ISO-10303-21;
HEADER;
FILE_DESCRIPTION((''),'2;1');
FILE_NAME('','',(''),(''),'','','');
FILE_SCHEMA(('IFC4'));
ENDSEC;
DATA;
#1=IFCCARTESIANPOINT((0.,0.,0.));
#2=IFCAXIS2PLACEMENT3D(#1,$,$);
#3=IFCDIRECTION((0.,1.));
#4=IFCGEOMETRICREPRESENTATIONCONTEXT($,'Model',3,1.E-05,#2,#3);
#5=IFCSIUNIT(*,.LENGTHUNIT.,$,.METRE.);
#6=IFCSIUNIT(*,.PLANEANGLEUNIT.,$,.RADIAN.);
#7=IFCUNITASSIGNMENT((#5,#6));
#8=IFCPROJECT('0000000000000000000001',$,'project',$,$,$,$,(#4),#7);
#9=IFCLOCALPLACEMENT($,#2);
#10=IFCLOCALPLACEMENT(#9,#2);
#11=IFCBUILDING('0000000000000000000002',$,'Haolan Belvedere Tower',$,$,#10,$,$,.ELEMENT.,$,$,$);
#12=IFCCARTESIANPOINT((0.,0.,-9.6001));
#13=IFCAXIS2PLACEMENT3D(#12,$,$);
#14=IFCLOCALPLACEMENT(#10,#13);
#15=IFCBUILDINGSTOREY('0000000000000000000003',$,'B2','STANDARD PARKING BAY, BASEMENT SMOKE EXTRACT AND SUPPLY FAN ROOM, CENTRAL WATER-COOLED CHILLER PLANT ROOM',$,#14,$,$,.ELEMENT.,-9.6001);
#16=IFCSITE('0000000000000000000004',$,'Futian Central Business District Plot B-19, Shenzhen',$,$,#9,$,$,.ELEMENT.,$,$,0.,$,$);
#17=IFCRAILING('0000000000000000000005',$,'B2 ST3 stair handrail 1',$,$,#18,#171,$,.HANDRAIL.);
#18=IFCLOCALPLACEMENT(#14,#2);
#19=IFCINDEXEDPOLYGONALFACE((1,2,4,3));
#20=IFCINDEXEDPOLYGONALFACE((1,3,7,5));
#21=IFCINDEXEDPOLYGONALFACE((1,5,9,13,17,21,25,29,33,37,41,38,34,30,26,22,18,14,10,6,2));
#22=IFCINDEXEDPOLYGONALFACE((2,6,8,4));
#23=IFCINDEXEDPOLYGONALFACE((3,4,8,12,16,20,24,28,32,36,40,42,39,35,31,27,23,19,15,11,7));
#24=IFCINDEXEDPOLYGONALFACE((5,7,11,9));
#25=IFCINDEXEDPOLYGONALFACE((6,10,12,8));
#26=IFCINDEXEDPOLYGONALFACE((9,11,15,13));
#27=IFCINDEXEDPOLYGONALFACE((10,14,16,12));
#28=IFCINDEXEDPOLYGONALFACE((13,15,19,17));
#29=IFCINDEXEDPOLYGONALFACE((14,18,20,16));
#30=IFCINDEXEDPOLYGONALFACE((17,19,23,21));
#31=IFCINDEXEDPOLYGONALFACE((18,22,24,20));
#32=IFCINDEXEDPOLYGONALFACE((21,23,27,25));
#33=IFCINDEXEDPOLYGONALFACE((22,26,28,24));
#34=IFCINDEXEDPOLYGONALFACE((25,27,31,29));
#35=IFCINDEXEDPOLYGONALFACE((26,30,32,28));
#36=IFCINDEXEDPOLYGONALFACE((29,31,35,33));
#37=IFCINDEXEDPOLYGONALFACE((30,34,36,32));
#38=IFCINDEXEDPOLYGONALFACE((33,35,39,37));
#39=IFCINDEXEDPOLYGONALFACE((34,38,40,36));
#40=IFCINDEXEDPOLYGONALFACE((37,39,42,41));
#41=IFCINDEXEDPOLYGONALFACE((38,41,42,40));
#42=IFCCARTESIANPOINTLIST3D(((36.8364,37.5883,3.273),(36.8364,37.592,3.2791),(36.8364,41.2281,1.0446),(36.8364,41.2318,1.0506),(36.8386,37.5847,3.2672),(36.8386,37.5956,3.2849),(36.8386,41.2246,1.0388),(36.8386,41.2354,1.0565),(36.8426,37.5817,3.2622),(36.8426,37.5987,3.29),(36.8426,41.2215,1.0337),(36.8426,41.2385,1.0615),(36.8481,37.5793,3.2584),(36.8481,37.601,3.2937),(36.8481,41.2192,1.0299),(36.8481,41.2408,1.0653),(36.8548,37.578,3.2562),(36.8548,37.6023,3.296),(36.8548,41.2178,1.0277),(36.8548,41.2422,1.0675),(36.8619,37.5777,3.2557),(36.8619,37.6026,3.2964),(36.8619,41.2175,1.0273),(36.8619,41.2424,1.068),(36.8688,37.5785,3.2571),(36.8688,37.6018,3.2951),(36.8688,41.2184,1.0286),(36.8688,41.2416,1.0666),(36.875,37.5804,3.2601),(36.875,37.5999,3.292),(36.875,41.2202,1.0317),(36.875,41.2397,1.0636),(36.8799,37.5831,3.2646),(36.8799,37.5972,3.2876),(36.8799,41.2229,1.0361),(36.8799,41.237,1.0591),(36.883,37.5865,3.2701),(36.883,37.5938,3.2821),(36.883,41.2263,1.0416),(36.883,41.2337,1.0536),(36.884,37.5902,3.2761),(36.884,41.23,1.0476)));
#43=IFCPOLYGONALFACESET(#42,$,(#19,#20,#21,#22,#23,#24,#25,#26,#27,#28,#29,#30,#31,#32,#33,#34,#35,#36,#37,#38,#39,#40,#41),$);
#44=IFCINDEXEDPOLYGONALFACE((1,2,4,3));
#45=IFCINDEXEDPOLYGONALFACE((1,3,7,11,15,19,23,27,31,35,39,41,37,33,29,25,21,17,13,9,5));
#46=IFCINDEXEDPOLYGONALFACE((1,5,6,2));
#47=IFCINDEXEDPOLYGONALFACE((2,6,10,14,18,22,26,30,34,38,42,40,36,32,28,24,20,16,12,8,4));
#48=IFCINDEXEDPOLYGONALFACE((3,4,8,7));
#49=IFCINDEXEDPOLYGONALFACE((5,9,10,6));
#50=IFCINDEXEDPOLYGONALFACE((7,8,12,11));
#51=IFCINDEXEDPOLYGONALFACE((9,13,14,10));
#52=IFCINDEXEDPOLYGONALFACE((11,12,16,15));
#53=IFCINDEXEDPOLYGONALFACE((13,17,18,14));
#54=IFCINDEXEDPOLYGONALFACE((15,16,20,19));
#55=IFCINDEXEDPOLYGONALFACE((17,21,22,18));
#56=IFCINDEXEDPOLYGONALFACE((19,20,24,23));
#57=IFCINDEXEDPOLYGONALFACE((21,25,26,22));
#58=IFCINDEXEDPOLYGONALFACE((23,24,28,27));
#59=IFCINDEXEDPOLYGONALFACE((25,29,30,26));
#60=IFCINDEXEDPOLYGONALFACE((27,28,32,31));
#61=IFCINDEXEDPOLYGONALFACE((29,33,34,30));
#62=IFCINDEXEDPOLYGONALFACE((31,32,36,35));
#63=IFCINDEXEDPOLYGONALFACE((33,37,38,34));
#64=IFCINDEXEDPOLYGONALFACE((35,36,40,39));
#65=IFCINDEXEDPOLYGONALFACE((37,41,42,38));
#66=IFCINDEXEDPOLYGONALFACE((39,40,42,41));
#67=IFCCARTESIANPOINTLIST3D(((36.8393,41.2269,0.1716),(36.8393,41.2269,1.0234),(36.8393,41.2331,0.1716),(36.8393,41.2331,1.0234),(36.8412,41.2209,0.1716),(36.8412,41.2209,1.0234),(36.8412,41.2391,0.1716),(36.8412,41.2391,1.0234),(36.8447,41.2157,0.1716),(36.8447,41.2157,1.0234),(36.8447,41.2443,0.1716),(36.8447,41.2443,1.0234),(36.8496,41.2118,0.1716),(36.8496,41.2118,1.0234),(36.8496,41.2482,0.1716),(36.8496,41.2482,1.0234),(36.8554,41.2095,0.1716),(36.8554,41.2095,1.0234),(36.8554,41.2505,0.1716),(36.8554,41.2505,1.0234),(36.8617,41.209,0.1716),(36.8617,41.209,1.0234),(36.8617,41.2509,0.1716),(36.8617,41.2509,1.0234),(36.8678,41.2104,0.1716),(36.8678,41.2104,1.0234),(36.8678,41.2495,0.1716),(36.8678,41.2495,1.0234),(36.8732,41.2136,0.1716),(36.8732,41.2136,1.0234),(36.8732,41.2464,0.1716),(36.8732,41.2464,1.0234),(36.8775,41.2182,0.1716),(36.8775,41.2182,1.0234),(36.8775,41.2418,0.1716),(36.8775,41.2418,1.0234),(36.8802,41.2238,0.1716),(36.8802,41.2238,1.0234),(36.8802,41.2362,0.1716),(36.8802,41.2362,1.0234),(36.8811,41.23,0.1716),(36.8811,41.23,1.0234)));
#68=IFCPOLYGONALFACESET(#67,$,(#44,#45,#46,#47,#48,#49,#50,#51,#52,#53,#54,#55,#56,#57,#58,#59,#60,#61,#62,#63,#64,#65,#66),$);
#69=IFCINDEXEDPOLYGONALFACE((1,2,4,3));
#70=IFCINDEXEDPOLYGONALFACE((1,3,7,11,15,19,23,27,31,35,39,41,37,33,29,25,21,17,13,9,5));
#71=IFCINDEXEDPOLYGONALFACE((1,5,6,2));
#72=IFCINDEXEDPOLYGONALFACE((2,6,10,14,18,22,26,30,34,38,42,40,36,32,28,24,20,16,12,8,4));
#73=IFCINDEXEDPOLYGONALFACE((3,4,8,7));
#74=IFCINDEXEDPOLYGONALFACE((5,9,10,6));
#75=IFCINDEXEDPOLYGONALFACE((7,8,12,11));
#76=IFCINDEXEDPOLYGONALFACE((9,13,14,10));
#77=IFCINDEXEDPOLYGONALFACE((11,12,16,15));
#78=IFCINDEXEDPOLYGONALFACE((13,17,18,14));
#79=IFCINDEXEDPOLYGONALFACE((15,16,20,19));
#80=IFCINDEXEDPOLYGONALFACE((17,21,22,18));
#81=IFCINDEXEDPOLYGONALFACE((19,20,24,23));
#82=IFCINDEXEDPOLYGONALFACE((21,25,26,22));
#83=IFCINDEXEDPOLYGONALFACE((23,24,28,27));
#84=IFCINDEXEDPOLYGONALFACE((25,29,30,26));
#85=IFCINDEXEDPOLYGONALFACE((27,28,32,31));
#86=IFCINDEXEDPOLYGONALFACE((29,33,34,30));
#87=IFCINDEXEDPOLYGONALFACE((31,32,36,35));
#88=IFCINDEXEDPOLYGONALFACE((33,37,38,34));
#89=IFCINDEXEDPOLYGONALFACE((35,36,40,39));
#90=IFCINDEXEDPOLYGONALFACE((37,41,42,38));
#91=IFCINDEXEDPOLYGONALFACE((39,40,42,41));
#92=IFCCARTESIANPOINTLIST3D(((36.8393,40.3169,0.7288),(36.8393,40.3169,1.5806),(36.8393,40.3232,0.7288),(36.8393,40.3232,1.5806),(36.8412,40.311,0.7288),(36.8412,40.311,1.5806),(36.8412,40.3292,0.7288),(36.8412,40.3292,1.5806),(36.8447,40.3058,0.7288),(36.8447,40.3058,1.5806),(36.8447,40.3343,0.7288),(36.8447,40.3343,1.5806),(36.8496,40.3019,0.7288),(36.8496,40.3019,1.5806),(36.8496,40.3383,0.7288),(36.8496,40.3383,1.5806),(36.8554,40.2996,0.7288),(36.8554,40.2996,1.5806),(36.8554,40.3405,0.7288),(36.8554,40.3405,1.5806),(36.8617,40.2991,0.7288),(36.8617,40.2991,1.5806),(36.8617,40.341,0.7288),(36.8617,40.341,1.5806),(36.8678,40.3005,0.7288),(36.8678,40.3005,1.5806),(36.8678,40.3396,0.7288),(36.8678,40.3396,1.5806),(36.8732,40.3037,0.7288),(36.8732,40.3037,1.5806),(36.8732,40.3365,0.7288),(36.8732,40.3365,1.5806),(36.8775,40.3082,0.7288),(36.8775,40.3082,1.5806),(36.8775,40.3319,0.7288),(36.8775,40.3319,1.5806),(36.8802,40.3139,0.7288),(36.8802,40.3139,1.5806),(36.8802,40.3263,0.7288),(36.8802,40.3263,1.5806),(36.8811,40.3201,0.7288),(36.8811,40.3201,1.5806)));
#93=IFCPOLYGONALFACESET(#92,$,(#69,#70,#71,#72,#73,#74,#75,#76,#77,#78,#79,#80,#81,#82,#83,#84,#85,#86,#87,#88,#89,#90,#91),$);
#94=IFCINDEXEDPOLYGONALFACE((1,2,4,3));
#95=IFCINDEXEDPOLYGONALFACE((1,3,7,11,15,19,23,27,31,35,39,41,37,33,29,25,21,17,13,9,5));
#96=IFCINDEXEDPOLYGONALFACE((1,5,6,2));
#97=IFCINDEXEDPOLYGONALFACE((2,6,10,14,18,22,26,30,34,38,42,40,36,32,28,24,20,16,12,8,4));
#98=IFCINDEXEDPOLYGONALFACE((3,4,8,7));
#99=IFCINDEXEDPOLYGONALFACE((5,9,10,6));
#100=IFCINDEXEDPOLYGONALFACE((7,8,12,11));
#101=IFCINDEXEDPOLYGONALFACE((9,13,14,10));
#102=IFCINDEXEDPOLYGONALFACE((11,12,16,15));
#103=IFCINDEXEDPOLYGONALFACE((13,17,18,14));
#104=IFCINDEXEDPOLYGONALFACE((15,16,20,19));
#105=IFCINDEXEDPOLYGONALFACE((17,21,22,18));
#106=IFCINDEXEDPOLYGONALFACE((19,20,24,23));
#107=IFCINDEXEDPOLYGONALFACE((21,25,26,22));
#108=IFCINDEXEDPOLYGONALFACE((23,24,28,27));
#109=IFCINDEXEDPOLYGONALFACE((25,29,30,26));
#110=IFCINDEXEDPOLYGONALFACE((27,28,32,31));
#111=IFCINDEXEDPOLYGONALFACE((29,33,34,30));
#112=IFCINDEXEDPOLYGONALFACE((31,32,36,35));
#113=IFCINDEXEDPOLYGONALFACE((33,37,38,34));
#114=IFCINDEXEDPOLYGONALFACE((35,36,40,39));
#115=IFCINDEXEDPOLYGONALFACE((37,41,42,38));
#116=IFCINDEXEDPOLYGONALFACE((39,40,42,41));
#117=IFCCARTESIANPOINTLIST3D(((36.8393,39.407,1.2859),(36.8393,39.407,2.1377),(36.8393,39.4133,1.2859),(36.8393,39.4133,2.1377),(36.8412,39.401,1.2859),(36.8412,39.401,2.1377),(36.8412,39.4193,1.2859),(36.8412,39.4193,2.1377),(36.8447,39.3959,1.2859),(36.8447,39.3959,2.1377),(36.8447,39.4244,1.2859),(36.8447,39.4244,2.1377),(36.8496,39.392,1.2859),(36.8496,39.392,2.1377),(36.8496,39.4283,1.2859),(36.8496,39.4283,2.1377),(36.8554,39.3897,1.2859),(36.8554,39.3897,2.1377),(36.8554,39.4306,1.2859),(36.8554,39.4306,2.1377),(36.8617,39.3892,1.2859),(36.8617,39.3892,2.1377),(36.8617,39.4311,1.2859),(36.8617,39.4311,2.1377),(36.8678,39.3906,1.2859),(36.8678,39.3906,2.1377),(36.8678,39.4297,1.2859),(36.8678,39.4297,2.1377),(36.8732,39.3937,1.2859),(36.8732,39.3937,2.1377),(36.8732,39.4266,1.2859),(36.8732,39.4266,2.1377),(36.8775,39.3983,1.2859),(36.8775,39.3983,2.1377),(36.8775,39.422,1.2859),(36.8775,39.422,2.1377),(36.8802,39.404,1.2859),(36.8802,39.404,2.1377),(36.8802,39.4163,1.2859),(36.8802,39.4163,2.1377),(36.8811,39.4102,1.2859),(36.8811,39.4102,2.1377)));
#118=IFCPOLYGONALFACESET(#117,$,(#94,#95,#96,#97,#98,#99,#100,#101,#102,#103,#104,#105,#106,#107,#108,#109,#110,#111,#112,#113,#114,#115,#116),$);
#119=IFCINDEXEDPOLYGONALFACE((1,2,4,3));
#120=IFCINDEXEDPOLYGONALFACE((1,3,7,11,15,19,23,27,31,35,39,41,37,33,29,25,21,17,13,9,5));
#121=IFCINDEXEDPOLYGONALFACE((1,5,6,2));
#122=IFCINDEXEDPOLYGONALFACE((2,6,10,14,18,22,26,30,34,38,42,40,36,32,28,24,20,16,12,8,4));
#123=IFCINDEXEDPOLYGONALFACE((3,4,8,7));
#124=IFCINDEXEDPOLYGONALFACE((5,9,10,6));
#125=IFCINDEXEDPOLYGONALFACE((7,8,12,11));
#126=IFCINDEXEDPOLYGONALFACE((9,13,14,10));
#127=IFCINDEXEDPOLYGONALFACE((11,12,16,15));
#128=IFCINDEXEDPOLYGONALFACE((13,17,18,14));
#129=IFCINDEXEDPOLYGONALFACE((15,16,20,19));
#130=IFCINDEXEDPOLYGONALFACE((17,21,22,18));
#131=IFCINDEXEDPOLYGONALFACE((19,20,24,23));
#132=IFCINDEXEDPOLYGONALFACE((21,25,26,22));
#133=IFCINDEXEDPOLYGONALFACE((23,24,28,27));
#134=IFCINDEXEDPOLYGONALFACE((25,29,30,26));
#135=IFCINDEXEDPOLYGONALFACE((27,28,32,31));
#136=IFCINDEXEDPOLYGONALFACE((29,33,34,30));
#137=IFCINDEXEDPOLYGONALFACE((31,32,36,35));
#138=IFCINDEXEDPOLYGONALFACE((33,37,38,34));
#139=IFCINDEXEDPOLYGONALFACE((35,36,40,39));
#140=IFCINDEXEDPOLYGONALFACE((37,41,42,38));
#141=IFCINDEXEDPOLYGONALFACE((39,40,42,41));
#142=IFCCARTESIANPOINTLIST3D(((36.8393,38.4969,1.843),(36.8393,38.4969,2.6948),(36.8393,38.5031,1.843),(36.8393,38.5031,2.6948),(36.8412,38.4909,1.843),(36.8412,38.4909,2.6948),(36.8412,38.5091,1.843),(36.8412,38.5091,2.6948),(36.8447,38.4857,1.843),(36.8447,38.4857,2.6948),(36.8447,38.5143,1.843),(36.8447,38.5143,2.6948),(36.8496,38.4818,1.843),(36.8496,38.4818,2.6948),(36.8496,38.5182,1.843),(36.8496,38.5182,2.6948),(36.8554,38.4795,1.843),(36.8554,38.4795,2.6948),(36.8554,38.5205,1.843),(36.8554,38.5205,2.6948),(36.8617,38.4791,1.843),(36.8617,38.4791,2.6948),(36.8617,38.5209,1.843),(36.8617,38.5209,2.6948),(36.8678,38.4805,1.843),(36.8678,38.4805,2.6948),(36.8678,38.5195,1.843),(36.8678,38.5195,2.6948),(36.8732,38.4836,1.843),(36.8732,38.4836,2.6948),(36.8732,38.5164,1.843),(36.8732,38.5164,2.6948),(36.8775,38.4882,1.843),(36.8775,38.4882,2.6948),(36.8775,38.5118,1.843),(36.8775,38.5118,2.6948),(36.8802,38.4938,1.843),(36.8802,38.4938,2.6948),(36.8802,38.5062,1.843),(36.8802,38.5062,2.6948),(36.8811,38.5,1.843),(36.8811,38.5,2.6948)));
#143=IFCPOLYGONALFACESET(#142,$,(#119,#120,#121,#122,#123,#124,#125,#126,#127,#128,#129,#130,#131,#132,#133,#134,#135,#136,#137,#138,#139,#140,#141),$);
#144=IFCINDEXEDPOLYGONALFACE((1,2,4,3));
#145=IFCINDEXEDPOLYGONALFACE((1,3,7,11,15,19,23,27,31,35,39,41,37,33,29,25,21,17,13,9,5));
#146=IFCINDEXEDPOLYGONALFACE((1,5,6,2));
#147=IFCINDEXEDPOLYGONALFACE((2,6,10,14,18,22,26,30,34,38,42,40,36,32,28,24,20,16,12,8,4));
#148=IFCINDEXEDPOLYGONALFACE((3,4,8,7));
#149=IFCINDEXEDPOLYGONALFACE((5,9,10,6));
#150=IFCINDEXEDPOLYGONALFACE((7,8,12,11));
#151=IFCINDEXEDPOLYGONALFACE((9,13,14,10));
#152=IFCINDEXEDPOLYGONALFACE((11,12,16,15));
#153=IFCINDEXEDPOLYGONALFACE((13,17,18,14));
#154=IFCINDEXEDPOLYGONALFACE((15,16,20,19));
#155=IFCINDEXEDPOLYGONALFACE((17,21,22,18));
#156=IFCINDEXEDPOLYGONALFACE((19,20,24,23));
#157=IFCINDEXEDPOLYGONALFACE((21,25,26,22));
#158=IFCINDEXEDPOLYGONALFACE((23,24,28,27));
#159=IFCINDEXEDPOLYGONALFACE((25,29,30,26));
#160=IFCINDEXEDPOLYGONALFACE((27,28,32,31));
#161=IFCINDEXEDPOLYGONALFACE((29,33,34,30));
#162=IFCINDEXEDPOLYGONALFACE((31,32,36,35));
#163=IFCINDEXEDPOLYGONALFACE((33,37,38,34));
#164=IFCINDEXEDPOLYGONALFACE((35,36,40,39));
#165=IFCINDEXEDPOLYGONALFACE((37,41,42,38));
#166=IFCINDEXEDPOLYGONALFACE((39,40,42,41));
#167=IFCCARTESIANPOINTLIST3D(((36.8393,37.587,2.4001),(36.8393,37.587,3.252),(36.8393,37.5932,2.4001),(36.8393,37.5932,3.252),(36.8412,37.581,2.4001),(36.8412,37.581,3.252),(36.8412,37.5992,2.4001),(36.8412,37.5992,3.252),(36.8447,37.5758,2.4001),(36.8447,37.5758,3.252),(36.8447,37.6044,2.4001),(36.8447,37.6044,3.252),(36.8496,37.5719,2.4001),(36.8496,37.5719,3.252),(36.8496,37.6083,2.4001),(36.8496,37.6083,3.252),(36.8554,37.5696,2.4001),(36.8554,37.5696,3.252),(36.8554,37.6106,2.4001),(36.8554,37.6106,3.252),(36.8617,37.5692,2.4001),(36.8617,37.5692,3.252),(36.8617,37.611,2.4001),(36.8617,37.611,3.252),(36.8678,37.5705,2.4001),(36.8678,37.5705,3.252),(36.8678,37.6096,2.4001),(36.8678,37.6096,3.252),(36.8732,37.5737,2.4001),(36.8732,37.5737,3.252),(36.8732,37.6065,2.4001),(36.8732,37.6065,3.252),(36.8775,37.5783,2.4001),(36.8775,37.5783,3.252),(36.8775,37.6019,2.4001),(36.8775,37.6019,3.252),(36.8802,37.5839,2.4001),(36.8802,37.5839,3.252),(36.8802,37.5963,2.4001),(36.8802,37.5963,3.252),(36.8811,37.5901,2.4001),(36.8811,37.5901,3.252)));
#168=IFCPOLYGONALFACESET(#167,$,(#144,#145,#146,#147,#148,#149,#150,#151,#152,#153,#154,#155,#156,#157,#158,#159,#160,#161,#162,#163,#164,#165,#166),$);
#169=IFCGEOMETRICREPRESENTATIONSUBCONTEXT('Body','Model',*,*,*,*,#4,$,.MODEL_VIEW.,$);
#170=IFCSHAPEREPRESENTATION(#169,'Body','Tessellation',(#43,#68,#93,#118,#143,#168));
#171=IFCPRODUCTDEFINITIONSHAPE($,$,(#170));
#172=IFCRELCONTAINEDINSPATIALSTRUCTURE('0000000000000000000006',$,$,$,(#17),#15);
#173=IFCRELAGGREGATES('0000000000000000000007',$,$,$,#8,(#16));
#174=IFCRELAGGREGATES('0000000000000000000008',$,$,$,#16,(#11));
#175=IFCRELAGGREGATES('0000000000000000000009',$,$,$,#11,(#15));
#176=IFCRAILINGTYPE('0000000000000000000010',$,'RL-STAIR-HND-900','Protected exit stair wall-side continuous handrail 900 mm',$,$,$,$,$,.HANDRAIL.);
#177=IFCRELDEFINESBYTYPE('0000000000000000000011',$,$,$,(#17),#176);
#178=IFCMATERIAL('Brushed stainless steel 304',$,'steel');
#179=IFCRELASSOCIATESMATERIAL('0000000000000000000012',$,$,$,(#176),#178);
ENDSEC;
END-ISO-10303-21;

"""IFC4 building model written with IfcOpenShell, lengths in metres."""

from ifc_helpers import new_model, si_unit, direction, frame, origin, origin_2d, place, context, subcontext, project, spatial, circle, extrude, material, type_object, element, save


model = new_model("IFC4")

# Units and contexts
model_context = context("Model", 3, precision=1e-05, world=origin(), true_north=direction((0.0, 1.0)))
body_context = subcontext(model_context, "Body", "Model", "MODEL_VIEW")
ifc_project = project(units=[si_unit("LENGTHUNIT", "METRE"), si_unit("PLANEANGLEUNIT", "RADIAN")], contexts=[model_context])

# Site, building, storey
site_placement = place(None, origin())
site = spatial("IfcSite", under=ifc_project, at=site_placement, Name="Futian Central Business District Plot B-19, Shenzhen", CompositionType="ELEMENT", RefElevation=0.0)
building_placement = place(site_placement, origin())
building = spatial("IfcBuilding", under=site, at=building_placement, Name="Haolan Belvedere Tower", CompositionType="ELEMENT")
storey_placement = place(building_placement, frame((0.0, 0.0, -9.6001)))
storey = spatial("IfcBuildingStorey", under=building, at=storey_placement, Name="B2", Description="STANDARD PARKING BAY, BASEMENT SMOKE EXTRACT AND SUPPLY FAN ROOM, CENTRAL WATER-COOLED CHILLER PLANT ROOM", CompositionType="ELEMENT", Elevation=-9.6001)

# Railing
ifc_material_1 = material(Name="Brushed stainless steel 304", Category="steel")
railing_type_1 = type_object("IfcRailingType", Name="RL-STAIR-HND-900", Description="Protected exit stair wall-side continuous handrail 900 mm", PredefinedType="HANDRAIL", material=ifc_material_1)
for number, where, name in (
    (1, (36.8601, 41.23, 0.1716), "B2 ST3 stair handrail 1"),
):
    element("IfcRailing", number, at=place(storey_placement, frame(where)), inside=storey, type_object=railing_type_1, Name=name, PredefinedType="HANDRAIL", context=body_context, shape_type="SweptSolid", body=[
        extrude(circle(Radius=0.0239, at=origin_2d()), frame((0.0, 0.0, 0.876), z_axis=(0.0, -0.85285, 0.522156), x_axis=(1.0, 0.0, 0.0)), (0.0, 0.0, 1.0), 4.2678),
        extrude(circle(Radius=0.021, at=origin_2d()), origin(), (0.0, 0.0, 1.0), 0.8518),
        extrude(circle(Radius=0.021, at=origin_2d()), frame((0.0, -0.9099, 0.5571)), (0.0, 0.0, 1.0), 0.8518),
        extrude(circle(Radius=0.021, at=origin_2d()), frame((0.0, -1.8198, 1.1143)), (0.0, 0.0, 1.0), 0.8518),
        extrude(circle(Radius=0.021, at=origin_2d()), frame((0.0, -2.73, 1.6714)), (0.0, 0.0, 1.0), 0.8518),
        extrude(circle(Radius=0.021, at=origin_2d()), frame((0.0, -3.6399, 2.2285)), (0.0, 0.0, 1.0), 0.8518),
    ])

save(model, "model.ifc")
